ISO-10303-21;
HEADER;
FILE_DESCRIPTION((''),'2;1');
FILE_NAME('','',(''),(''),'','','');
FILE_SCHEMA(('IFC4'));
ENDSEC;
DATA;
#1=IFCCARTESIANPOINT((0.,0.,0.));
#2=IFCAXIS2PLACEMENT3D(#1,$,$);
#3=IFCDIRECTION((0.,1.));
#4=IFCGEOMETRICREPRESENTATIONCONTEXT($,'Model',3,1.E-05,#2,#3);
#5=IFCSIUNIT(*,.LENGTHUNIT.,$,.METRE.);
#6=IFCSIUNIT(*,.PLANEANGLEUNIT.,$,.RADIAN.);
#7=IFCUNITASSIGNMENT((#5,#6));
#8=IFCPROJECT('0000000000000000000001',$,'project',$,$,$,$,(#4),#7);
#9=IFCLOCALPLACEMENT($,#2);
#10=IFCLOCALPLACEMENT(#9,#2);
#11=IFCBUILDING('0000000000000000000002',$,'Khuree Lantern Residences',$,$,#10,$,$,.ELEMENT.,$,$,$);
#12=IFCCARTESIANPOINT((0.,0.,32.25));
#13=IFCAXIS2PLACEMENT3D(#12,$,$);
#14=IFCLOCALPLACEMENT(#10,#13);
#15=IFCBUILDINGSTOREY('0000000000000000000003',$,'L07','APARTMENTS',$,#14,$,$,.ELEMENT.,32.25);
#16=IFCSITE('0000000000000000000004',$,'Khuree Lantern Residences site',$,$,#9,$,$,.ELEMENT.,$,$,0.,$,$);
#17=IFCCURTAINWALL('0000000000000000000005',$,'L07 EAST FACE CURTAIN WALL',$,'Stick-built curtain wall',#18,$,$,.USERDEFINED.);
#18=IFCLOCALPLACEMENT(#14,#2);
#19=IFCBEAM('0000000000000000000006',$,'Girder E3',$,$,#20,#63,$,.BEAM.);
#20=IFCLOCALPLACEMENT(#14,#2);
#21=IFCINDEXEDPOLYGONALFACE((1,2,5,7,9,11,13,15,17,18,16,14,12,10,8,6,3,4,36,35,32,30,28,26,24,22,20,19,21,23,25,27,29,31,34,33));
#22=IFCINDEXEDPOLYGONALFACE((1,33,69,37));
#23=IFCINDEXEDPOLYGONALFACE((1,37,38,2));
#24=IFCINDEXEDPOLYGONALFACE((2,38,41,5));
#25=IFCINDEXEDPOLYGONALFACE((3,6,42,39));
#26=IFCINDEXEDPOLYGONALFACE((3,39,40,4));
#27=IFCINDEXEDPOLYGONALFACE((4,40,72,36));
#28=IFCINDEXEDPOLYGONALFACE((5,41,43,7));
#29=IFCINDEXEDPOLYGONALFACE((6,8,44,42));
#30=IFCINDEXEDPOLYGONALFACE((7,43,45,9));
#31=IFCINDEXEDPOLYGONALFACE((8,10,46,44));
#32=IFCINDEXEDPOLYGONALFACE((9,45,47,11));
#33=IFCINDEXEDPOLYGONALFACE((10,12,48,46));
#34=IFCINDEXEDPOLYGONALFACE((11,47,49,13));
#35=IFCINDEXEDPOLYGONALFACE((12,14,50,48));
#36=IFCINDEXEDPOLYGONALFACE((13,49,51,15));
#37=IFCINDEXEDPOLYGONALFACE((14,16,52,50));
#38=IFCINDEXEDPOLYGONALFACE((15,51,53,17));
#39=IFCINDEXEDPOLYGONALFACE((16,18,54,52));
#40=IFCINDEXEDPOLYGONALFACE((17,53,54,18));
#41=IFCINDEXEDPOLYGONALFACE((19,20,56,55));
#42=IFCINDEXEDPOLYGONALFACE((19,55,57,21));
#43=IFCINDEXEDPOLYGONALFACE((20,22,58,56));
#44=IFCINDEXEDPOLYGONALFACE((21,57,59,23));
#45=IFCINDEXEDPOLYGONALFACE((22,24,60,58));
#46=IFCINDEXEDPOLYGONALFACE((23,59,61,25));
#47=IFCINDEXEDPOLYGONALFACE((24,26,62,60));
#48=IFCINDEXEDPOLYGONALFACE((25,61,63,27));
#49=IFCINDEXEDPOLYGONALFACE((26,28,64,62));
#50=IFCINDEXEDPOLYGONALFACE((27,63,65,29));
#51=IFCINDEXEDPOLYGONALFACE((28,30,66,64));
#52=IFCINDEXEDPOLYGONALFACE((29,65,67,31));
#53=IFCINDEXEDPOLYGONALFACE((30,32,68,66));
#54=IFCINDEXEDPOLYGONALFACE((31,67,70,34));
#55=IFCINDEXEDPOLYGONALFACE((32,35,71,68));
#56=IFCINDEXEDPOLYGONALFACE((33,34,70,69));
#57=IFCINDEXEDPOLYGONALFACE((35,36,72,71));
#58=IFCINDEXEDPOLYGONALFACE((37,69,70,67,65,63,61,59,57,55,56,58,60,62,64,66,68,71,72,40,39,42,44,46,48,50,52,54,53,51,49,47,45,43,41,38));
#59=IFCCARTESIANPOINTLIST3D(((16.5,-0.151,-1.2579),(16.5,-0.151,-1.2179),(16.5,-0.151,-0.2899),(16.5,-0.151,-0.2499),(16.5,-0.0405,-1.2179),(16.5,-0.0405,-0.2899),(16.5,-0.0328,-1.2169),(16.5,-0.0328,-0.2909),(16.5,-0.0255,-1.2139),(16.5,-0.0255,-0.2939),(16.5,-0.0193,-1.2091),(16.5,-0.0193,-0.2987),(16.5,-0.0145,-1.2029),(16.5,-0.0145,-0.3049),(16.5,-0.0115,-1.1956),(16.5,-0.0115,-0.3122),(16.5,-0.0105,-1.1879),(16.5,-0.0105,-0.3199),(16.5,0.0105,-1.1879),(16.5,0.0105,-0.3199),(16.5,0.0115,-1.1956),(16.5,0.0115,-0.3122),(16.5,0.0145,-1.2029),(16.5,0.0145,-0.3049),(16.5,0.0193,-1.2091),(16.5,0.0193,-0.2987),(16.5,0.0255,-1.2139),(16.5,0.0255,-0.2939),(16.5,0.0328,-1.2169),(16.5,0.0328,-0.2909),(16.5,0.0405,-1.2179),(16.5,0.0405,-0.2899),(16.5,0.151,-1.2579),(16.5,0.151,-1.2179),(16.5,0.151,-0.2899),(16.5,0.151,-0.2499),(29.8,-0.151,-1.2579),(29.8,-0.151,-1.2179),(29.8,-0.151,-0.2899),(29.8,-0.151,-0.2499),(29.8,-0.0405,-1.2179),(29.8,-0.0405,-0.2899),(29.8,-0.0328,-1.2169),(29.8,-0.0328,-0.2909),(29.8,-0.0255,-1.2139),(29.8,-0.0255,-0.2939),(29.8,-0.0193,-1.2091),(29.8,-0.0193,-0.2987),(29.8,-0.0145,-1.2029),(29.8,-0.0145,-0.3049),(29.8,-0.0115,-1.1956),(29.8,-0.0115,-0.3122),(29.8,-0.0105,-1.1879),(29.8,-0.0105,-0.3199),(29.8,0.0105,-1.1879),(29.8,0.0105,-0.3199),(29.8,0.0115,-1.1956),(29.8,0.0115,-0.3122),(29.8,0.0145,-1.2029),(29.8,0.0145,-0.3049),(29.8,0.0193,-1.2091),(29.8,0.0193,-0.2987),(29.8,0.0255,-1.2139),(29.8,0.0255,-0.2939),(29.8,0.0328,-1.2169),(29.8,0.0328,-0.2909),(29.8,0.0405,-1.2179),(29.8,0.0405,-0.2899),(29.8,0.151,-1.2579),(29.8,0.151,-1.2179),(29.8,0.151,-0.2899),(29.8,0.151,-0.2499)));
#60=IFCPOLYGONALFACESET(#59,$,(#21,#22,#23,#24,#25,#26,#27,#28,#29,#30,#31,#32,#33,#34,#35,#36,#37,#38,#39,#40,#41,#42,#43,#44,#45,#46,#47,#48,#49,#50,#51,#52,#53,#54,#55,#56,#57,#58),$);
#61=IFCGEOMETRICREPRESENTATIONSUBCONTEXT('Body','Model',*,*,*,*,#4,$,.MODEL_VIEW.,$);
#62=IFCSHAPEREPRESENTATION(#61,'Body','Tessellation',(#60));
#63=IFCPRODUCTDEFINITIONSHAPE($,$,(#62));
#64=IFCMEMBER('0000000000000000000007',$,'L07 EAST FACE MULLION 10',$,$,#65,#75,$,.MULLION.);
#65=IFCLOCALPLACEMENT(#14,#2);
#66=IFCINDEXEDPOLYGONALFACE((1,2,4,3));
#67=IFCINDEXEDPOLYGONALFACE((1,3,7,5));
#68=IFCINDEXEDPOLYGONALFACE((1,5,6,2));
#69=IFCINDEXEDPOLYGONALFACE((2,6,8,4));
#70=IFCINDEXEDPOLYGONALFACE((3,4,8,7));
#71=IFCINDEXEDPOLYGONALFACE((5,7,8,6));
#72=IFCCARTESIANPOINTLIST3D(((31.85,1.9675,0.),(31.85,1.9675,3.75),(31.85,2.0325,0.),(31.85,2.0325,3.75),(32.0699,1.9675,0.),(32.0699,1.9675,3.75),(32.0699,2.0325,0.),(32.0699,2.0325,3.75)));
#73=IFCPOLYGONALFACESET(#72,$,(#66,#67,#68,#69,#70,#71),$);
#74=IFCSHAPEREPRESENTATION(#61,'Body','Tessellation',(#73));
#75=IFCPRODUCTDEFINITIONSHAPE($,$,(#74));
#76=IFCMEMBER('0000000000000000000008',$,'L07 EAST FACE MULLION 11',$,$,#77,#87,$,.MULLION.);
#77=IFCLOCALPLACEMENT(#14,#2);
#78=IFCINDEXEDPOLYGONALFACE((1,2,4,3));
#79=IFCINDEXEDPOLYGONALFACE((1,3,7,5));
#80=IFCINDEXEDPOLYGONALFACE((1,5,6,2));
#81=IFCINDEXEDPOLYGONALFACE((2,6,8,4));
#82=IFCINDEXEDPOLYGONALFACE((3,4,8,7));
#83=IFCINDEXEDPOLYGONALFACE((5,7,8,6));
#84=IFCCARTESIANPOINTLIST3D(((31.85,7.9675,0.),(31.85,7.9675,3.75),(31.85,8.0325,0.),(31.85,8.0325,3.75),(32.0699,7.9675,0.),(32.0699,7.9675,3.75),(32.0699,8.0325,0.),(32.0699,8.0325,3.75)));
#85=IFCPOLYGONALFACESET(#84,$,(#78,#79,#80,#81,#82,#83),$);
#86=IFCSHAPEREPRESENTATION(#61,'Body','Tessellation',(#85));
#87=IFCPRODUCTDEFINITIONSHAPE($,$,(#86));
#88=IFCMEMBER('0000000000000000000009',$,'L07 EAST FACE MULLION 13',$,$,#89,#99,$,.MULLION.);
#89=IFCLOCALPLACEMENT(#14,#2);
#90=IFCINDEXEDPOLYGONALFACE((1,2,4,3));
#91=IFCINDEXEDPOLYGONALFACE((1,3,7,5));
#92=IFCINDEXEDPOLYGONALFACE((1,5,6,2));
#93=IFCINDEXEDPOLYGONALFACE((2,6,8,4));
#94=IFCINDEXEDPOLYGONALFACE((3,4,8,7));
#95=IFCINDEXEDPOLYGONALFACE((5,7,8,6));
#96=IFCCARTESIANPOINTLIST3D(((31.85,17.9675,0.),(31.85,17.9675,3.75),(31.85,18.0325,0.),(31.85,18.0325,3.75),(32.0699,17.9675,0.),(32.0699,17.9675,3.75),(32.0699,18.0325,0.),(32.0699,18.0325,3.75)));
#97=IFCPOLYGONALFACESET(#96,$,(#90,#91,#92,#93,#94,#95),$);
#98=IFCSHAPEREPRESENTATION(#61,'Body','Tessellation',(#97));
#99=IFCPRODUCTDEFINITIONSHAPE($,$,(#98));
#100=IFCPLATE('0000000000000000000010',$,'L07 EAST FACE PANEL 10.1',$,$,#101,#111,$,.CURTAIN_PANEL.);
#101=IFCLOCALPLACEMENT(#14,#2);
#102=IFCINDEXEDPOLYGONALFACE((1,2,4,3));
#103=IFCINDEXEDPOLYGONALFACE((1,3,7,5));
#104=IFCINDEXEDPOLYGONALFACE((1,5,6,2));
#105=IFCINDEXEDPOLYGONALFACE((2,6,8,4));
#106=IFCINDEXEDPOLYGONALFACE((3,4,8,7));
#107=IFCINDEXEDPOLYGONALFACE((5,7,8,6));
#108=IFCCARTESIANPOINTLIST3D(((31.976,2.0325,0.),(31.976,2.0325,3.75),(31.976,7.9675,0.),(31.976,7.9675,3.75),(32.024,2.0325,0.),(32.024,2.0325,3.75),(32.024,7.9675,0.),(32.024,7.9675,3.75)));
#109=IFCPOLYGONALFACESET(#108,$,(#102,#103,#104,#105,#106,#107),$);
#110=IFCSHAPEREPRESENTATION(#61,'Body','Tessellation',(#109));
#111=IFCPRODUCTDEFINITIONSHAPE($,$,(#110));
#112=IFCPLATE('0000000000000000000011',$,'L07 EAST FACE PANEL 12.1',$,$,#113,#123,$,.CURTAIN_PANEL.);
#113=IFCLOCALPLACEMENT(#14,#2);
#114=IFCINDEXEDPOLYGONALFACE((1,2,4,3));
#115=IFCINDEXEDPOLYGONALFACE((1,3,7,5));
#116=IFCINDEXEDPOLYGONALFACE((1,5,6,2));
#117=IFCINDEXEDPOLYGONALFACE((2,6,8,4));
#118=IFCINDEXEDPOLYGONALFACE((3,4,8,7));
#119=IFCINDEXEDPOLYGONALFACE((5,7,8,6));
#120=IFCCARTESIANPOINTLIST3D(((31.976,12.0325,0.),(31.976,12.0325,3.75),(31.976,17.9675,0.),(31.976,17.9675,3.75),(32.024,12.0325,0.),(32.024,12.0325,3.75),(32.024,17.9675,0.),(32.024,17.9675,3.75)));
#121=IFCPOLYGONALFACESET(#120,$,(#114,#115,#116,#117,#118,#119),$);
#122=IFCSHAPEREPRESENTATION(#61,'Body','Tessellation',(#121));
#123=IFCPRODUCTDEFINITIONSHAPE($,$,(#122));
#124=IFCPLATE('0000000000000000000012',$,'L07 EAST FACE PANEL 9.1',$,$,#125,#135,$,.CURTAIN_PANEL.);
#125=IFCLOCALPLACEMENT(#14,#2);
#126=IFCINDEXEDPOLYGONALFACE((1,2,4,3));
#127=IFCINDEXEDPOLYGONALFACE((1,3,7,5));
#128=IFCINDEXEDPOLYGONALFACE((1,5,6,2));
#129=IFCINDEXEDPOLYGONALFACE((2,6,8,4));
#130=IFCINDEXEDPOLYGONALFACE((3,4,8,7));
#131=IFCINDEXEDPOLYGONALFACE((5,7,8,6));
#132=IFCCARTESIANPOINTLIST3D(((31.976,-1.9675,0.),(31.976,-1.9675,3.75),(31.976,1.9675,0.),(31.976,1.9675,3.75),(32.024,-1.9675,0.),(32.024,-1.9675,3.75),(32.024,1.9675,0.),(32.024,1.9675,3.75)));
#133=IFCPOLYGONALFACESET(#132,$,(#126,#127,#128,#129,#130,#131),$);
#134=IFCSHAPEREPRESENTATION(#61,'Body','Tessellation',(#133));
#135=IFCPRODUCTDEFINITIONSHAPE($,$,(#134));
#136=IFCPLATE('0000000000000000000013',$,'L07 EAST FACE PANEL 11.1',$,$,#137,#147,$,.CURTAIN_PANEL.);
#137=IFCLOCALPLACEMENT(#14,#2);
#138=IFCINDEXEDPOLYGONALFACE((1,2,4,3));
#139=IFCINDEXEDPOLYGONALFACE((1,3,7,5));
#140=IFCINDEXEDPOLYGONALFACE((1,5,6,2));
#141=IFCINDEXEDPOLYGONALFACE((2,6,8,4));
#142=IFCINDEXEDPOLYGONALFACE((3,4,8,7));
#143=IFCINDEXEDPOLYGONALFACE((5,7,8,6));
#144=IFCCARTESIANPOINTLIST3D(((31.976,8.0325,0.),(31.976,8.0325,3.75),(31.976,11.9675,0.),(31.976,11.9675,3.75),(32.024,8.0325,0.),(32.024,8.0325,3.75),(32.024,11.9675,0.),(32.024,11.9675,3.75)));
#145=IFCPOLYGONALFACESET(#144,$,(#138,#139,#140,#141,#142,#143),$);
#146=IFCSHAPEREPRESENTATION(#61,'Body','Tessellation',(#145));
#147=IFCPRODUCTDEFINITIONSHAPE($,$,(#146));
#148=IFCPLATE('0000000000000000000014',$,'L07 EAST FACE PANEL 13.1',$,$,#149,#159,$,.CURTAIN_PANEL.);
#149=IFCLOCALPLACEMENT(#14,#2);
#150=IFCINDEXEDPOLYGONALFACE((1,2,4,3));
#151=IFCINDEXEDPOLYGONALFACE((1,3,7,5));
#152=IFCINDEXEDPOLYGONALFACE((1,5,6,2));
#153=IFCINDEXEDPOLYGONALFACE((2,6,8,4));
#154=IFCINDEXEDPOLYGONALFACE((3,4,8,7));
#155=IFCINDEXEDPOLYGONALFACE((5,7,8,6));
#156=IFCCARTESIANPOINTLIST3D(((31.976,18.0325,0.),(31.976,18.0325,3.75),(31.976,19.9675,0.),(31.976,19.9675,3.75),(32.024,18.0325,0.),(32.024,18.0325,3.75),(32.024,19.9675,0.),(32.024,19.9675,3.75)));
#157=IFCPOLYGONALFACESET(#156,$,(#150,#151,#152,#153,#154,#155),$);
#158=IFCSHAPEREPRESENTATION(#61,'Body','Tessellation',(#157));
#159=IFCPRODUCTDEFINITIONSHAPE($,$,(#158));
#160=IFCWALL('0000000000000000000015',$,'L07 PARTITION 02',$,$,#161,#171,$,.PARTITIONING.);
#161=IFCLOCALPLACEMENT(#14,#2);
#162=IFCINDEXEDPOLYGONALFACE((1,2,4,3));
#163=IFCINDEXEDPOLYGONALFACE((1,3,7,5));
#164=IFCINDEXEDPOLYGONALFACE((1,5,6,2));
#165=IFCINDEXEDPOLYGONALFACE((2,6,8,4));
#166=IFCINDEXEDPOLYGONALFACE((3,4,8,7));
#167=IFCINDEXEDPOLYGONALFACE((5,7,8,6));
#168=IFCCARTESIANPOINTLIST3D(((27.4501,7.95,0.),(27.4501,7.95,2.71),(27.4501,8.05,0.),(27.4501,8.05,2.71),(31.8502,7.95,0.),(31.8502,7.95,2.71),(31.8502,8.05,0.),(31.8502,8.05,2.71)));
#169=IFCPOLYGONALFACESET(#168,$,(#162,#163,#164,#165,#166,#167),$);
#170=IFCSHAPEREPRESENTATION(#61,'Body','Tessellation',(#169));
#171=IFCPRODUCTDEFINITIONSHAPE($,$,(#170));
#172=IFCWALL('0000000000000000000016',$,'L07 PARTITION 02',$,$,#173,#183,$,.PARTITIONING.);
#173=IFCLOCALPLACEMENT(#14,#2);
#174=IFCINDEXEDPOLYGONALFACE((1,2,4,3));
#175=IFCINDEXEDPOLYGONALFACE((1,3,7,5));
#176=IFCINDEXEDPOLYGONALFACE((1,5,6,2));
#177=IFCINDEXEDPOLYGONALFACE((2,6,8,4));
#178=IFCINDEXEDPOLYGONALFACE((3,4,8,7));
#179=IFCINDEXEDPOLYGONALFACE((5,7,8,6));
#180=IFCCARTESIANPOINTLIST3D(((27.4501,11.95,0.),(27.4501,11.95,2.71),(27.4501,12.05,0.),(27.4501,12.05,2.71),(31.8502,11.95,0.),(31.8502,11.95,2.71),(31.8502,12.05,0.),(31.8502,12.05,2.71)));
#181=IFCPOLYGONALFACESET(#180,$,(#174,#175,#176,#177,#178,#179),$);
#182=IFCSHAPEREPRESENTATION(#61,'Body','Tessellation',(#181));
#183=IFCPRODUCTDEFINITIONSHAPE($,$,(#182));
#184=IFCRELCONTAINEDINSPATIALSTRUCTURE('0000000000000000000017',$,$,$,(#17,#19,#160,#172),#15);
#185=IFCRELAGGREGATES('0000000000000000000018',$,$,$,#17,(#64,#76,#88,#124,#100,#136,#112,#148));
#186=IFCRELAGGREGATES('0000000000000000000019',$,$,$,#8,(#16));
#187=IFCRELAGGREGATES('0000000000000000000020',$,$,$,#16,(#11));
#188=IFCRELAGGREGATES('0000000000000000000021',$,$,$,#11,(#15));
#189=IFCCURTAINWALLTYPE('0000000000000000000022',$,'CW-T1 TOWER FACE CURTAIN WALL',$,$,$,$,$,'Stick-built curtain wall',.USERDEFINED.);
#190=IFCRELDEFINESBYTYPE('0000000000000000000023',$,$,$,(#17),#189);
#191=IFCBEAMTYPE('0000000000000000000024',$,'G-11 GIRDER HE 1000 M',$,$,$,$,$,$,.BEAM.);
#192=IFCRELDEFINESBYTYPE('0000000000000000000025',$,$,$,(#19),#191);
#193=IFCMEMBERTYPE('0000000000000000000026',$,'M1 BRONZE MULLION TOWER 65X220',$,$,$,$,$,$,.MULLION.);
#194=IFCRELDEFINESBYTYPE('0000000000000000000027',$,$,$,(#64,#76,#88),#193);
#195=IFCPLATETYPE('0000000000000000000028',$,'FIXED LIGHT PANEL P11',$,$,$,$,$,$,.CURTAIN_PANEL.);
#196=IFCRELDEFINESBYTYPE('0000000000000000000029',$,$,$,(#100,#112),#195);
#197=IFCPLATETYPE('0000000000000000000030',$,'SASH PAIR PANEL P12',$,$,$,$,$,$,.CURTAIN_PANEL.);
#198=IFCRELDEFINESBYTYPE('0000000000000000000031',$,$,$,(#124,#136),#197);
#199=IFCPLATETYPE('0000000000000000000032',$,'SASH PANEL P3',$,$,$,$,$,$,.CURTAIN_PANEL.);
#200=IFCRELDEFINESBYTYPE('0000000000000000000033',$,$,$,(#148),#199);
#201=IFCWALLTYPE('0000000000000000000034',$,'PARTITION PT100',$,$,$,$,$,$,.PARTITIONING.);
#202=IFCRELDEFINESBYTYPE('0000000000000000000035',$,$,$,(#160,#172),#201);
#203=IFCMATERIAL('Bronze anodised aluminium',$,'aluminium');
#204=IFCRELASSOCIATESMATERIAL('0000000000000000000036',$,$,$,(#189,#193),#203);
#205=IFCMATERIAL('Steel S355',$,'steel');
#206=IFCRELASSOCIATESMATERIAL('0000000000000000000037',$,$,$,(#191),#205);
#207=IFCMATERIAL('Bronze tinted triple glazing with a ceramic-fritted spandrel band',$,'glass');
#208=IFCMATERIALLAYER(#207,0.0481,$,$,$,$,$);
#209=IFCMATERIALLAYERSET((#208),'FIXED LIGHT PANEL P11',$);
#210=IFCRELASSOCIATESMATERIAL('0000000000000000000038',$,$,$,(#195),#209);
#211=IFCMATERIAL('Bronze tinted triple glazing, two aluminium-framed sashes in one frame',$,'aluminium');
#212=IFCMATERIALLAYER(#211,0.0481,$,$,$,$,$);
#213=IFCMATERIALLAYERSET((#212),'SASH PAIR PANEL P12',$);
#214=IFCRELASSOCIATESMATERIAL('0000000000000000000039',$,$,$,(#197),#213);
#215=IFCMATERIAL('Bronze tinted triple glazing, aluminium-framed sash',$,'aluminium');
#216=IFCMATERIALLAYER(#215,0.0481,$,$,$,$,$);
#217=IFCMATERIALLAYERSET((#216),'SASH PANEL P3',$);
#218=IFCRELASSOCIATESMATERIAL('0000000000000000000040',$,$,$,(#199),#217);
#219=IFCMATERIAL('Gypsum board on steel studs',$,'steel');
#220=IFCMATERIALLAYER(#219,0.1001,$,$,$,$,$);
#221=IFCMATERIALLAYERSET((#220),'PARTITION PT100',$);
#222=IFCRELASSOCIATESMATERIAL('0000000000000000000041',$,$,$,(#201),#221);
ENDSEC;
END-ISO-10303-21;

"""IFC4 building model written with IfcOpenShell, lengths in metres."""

from ifc_helpers import new_model, si_unit, direction, frame, frame_2d, origin, origin_2d, place, context, subcontext, project, spatial, rectangle, i_section, extrude, material, layer, layer_set, material_profile, profile_set, type_object, element, aggregate, save


model = new_model("IFC4")

# Units and contexts
model_context = context("Model", 3, precision=1e-05, world=origin(), true_north=direction((0.0, 1.0)))
body_context = subcontext(model_context, "Body", "Model", "MODEL_VIEW")
ifc_project = project(units=[si_unit("LENGTHUNIT", "METRE"), si_unit("PLANEANGLEUNIT", "RADIAN")], contexts=[model_context])

# Site, building, storey
site_placement = place(None, origin())
site = spatial("IfcSite", under=ifc_project, at=site_placement, Name="Khuree Lantern Residences site", CompositionType="ELEMENT", RefElevation=0.0)
building_placement = place(site_placement, origin())
building = spatial("IfcBuilding", under=site, at=building_placement, Name="Khuree Lantern Residences", CompositionType="ELEMENT")
storey_placement = place(building_placement, frame((0.0, 0.0, 32.25)))
storey = spatial("IfcBuildingStorey", under=building, at=storey_placement, Name="L07", Description="APARTMENTS", CompositionType="ELEMENT", Elevation=32.25)

# Shared definitions
ifc_material_1 = material(Name="Steel S355", Category="steel")

# Curtain wall
ifc_material_2 = material(Name="Bronze anodised aluminium", Category="aluminium")
curtain_wall_type = type_object("IfcCurtainWallType", Name="CW-T1 TOWER FACE CURTAIN WALL", ElementType="Stick-built curtain wall", PredefinedType="USERDEFINED", material=ifc_material_2)
curtain_wall_placement = place(storey_placement, origin())
curtain_wall = element("IfcCurtainWall", 1, at=curtain_wall_placement, inside=storey, type_object=curtain_wall_type, Name="L07 EAST FACE CURTAIN WALL", ObjectType="Stick-built curtain wall", PredefinedType="USERDEFINED")

# Beam
ifc_material_profile_1 = material_profile(ifc_material_1, i_section(OverallWidth=0.302, OverallDepth=1.0081, WebThickness=0.021, FlangeThickness=0.04, FilletRadius=0.03, at=origin_2d()), Name="HE 1000 M")
ifc_profile_set_1 = profile_set([ifc_material_profile_1], Name="Steel S355")
beam_type_1 = type_object("IfcBeamType", Name="G-11 GIRDER HE 1000 M", PredefinedType="BEAM", material=ifc_profile_set_1)
for number, where, z_axis, x_axis, name in (
    (2, (29.8, 0.0, -0.7539), (-1.0, 0.0, 0.0), (0.0, -1.0, 0.0), "Girder E3"),
):
    element("IfcBeam", number, at=place(storey_placement, frame(where, z_axis=z_axis, x_axis=x_axis)), inside=storey, type_object=beam_type_1, Name=name, PredefinedType="BEAM", context=body_context, shape_type="SweptSolid", body=[
        extrude(i_section(OverallWidth=0.302, OverallDepth=1.0081, WebThickness=0.021, FlangeThickness=0.04, FilletRadius=0.03, at=origin_2d()), origin(), (0.0, 0.0, 1.0), 13.3),
    ])

# Members
ifc_material_profile_2 = material_profile(ifc_material_2, rectangle(XDim=0.0649, YDim=0.22, at=origin_2d()), Name="M1 65X220")
ifc_profile_set_2 = profile_set([ifc_material_profile_2], Name="Bronze anodised aluminium")
member_type_1 = type_object("IfcMemberType", Name="M1 BRONZE MULLION TOWER 65X220", PredefinedType="MULLION", material=ifc_profile_set_2)
member_1_placement = place(storey_placement, frame((31.96, 2.0, 0.0), z_axis=(0.0, 0.0, 1.0), x_axis=(0.0, 1.0, 0.0)))
member_1 = element("IfcMember", 3, at=member_1_placement, type_object=member_type_1, Name="L07 EAST FACE MULLION 10", PredefinedType="MULLION", context=body_context, shape_type="SweptSolid", body=[
    extrude(rectangle(XDim=0.0649, YDim=0.22, at=origin_2d()), origin(), (0.0, 0.0, 1.0), 3.75),
])
member_2_placement = place(storey_placement, frame((31.96, 8.0, 0.0), z_axis=(0.0, 0.0, 1.0), x_axis=(0.0, 1.0, 0.0)))
member_2 = element("IfcMember", 4, at=member_2_placement, type_object=member_type_1, Name="L07 EAST FACE MULLION 11", PredefinedType="MULLION", context=body_context, shape_type="SweptSolid", body=[
    extrude(rectangle(XDim=0.0649, YDim=0.22, at=origin_2d()), origin(), (0.0, 0.0, 1.0), 3.75),
])
member_3_placement = place(storey_placement, frame((31.96, 18.0, 0.0), z_axis=(0.0, 0.0, 1.0), x_axis=(0.0, 1.0, 0.0)))
member_3 = element("IfcMember", 5, at=member_3_placement, type_object=member_type_1, Name="L07 EAST FACE MULLION 13", PredefinedType="MULLION", context=body_context, shape_type="SweptSolid", body=[
    extrude(rectangle(XDim=0.0649, YDim=0.22, at=origin_2d()), origin(), (0.0, 0.0, 1.0), 3.75),
])

# Plates
ifc_material_3 = material(Name="Bronze tinted triple glazing with a ceramic-fritted spandrel band", Category="glass")
ifc_layer_1 = layer(ifc_material_3, 0.0481)
ifc_layer_set_1 = layer_set([ifc_layer_1], Name="FIXED LIGHT PANEL P11")
plate_type_1 = type_object("IfcPlateType", Name="FIXED LIGHT PANEL P11", PredefinedType="CURTAIN_PANEL", material=ifc_layer_set_1)
plate_1_placement = place(storey_placement, frame((32.0, 5.0, 0.0), z_axis=(0.0, 0.0, 1.0), x_axis=(0.0, 1.0, 0.0)))
plate_1 = element("IfcPlate", 6, at=plate_1_placement, type_object=plate_type_1, Name="L07 EAST FACE PANEL 10.1", PredefinedType="CURTAIN_PANEL", context=body_context, shape_type="SweptSolid", body=[
    extrude(rectangle(XDim=5.9351, YDim=0.0481, at=origin_2d()), origin(), (0.0, 0.0, 1.0), 3.75),
])
plate_2_placement = place(storey_placement, frame((32.0, 15.0, 0.0), z_axis=(0.0, 0.0, 1.0), x_axis=(0.0, 1.0, 0.0)))
plate_2 = element("IfcPlate", 7, at=plate_2_placement, type_object=plate_type_1, Name="L07 EAST FACE PANEL 12.1", PredefinedType="CURTAIN_PANEL", context=body_context, shape_type="SweptSolid", body=[
    extrude(rectangle(XDim=5.9351, YDim=0.0481, at=origin_2d()), origin(), (0.0, 0.0, 1.0), 3.75),
])
ifc_material_4 = material(Name="Bronze tinted triple glazing, two aluminium-framed sashes in one frame", Category="aluminium")
ifc_layer_2 = layer(ifc_material_4, 0.0481)
ifc_layer_set_2 = layer_set([ifc_layer_2], Name="SASH PAIR PANEL P12")
plate_type_2 = type_object("IfcPlateType", Name="SASH PAIR PANEL P12", PredefinedType="CURTAIN_PANEL", material=ifc_layer_set_2)
plate_3_placement = place(storey_placement, frame((32.0, 0.0, 0.0), z_axis=(0.0, 0.0, 1.0), x_axis=(0.0, 1.0, 0.0)))
plate_3 = element("IfcPlate", 8, at=plate_3_placement, type_object=plate_type_2, Name="L07 EAST FACE PANEL 9.1", PredefinedType="CURTAIN_PANEL", context=body_context, shape_type="SweptSolid", body=[
    extrude(rectangle(XDim=3.9351, YDim=0.0481, at=origin_2d()), origin(), (0.0, 0.0, 1.0), 3.75),
])
plate_4_placement = place(storey_placement, frame((32.0, 10.0, 0.0), z_axis=(0.0, 0.0, 1.0), x_axis=(0.0, 1.0, 0.0)))
plate_4 = element("IfcPlate", 9, at=plate_4_placement, type_object=plate_type_2, Name="L07 EAST FACE PANEL 11.1", PredefinedType="CURTAIN_PANEL", context=body_context, shape_type="SweptSolid", body=[
    extrude(rectangle(XDim=3.9351, YDim=0.0481, at=origin_2d()), origin(), (0.0, 0.0, 1.0), 3.75),
])
ifc_material_5 = material(Name="Bronze tinted triple glazing, aluminium-framed sash", Category="aluminium")
ifc_layer_3 = layer(ifc_material_5, 0.0481)
ifc_layer_set_3 = layer_set([ifc_layer_3], Name="SASH PANEL P3")
plate_type_3 = type_object("IfcPlateType", Name="SASH PANEL P3", PredefinedType="CURTAIN_PANEL", material=ifc_layer_set_3)
plate_5_placement = place(storey_placement, frame((32.0, 19.0, 0.0), z_axis=(0.0, 0.0, 1.0), x_axis=(0.0, 1.0, 0.0)))
plate_5 = element("IfcPlate", 10, at=plate_5_placement, type_object=plate_type_3, Name="L07 EAST FACE PANEL 13.1", PredefinedType="CURTAIN_PANEL", context=body_context, shape_type="SweptSolid", body=[
    extrude(rectangle(XDim=1.9351, YDim=0.0481, at=origin_2d()), origin(), (0.0, 0.0, 1.0), 3.75),
])
aggregate(curtain_wall, [member_1, member_2, member_3, plate_3, plate_1, plate_4, plate_2, plate_5])

# Walls
ifc_material_6 = material(Name="Gypsum board on steel studs", Category="steel")
ifc_layer_4 = layer(ifc_material_6, 0.1001)
ifc_layer_set_4 = layer_set([ifc_layer_4], Name="PARTITION PT100")
wall_type = type_object("IfcWallType", Name="PARTITION PT100", PredefinedType="PARTITIONING", material=ifc_layer_set_4)
for number, where, z_axis, x_axis, name in (
    (11, (27.45, 8.0, 0.0), (0.0, 0.0, 1.0), (1.0, 0.0, 0.0), "L07 PARTITION 02"),
    (12, (27.45, 12.0, 0.0), (0.0, 0.0, 1.0), (1.0, 0.0, 0.0), "L07 PARTITION 02"),
):
    element("IfcWall", number, at=place(storey_placement, frame(where, z_axis=z_axis, x_axis=x_axis)), inside=storey, type_object=wall_type, Name=name, PredefinedType="PARTITIONING", context=body_context, shape_type="SweptSolid", body=[
        extrude(rectangle(XDim=4.4001, YDim=0.1001, at=frame_2d((2.2002, 0.0))), origin(), (0.0, 0.0, 1.0), 2.71),
    ])

save(model, "model.ifc")
